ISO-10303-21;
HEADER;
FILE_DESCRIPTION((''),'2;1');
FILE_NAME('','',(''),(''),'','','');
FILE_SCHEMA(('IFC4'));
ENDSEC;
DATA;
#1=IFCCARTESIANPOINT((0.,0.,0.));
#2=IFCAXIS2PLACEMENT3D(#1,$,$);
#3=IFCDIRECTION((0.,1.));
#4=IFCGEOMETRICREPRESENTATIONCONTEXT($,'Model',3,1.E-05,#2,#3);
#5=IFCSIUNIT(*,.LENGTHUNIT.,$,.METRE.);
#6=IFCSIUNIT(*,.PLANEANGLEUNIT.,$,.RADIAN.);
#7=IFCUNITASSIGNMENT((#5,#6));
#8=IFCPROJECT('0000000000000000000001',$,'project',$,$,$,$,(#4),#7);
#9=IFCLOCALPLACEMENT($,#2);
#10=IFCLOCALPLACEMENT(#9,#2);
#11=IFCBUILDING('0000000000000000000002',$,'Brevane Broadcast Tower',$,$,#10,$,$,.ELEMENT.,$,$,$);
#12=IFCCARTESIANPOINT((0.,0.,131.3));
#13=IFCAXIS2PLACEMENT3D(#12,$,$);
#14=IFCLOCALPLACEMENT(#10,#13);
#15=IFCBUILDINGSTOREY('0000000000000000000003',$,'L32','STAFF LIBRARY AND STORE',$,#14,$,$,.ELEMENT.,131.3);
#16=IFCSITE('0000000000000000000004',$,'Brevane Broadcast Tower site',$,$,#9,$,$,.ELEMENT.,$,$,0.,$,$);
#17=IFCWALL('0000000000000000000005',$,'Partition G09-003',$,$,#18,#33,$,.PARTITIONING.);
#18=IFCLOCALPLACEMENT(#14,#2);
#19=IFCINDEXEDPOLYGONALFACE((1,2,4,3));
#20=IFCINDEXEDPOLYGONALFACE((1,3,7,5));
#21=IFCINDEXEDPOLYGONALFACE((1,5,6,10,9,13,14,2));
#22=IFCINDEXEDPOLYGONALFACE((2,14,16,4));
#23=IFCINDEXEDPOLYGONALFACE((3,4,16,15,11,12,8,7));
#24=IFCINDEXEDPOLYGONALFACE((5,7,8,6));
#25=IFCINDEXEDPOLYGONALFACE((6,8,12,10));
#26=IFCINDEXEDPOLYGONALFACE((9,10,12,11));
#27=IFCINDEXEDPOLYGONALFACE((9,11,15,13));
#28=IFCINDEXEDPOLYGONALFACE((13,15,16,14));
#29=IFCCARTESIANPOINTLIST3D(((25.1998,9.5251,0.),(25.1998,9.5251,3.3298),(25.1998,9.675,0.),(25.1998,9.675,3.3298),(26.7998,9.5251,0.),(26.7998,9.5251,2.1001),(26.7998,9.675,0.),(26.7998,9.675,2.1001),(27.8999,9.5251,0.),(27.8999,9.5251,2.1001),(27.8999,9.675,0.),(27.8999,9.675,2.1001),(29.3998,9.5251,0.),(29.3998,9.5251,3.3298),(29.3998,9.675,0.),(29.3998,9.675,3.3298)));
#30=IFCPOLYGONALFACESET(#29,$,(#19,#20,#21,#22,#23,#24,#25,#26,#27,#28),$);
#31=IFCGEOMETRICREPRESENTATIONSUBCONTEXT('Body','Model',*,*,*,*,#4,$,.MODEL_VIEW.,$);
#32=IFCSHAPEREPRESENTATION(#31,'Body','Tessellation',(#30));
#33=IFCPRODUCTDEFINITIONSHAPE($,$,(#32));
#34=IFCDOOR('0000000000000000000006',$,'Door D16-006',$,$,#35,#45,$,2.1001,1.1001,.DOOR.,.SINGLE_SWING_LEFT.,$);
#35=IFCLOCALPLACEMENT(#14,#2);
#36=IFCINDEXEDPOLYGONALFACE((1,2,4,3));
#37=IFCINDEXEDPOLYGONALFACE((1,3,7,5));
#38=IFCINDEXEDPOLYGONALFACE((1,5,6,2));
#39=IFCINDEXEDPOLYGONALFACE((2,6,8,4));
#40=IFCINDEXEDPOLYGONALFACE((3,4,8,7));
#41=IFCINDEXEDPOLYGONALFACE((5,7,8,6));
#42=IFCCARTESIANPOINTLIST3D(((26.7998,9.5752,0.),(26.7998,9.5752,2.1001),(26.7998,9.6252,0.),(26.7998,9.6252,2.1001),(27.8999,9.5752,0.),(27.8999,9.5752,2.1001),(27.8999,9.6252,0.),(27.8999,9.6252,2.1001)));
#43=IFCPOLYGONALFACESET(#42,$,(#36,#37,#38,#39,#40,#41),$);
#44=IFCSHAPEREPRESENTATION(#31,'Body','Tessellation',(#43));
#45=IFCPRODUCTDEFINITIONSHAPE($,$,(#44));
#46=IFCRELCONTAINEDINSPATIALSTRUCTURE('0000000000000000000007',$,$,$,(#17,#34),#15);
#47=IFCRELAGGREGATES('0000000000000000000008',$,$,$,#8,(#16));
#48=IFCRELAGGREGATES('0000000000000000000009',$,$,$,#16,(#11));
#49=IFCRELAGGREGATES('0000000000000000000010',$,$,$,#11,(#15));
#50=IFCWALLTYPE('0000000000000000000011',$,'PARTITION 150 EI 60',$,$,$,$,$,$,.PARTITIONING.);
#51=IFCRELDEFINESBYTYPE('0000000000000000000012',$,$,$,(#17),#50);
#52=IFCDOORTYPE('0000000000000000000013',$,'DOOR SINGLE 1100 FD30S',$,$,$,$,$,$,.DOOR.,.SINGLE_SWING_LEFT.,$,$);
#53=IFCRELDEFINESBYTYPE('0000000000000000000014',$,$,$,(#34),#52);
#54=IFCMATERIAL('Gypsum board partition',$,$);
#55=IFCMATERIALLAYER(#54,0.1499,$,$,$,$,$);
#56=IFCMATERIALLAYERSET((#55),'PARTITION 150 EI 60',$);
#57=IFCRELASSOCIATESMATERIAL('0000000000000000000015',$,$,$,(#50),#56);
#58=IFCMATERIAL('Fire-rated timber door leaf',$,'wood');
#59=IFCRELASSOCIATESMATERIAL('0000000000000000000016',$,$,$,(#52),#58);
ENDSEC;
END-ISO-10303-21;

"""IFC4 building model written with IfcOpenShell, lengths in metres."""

from ifc_helpers import new_model, si_unit, direction, frame, frame_2d, origin, place, context, subcontext, project, spatial, rectangle, extrude, material, layer, layer_set, type_object, element, fill, save


model = new_model("IFC4")

# Units and contexts
model_context = context("Model", 3, precision=1e-05, world=origin(), true_north=direction((0.0, 1.0)))
body_context = subcontext(model_context, "Body", "Model", "MODEL_VIEW")
ifc_project = project(units=[si_unit("LENGTHUNIT", "METRE"), si_unit("PLANEANGLEUNIT", "RADIAN")], contexts=[model_context])

# Site, building, storey
site_placement = place(None, origin())
site = spatial("IfcSite", under=ifc_project, at=site_placement, Name="Brevane Broadcast Tower site", CompositionType="ELEMENT", RefElevation=0.0)
building_placement = place(site_placement, origin())
building = spatial("IfcBuilding", under=site, at=building_placement, Name="Brevane Broadcast Tower", CompositionType="ELEMENT")
storey_placement = place(building_placement, frame((0.0, 0.0, 131.3)))
storey = spatial("IfcBuildingStorey", under=building, at=storey_placement, Name="L32", Description="STAFF LIBRARY AND STORE", CompositionType="ELEMENT", Elevation=131.3)

# Shared definitions
ifc_material_1 = material(Name="Gypsum board partition")

# Wall, opening, door
ifc_layer_1 = layer(ifc_material_1, 0.1499)
ifc_layer_set_1 = layer_set([ifc_layer_1], Name="PARTITION 150 EI 60")
wall_type_1 = type_object("IfcWallType", Name="PARTITION 150 EI 60", PredefinedType="PARTITIONING", material=ifc_layer_set_1)
wall_1_placement = place(storey_placement, frame((29.3999, 9.6001, 0.0), z_axis=(0.0, 0.0, 1.0), x_axis=(-1.0, 0.0, 0.0)))
wall_1 = element("IfcWall", 1, at=wall_1_placement, inside=storey, type_object=wall_type_1, Name="Partition G09-003", PredefinedType="PARTITIONING", context=body_context, shape_type="SweptSolid", body=[
    extrude(rectangle(XDim=4.2, YDim=0.1499, at=frame_2d((2.1001, 0.0))), origin(), (0.0, 0.0, 1.0), 3.3298),
])
opening_placement = place(wall_1_placement, frame((1.5, 0.0, 0.0)))
opening = element("IfcOpeningElement", 2, at=opening_placement, cuts=wall_1, PredefinedType="OPENING", context=body_context, shape_type="SweptSolid", body=[
    extrude(rectangle(XDim=1.1001, YDim=2.1001, at=frame_2d((0.55, 1.05))), frame((0.0, 0.085, 0.0), z_axis=(0.0, -1.0, 0.0), x_axis=(1.0, 0.0, 0.0)), (0.0, 0.0, 1.0), 0.1699),
])
ifc_material_2 = material(Name="Fire-rated timber door leaf", Category="wood")
door_type = type_object("IfcDoorType", Name="DOOR SINGLE 1100 FD30S", OperationType="SINGLE_SWING_LEFT", PredefinedType="DOOR", material=ifc_material_2)
door_placement = place(opening_placement, origin())
door = element("IfcDoor", 3, at=door_placement, inside=storey, type_object=door_type, Name="Door D16-006", OperationType="SINGLE_SWING_LEFT", OverallHeight=2.1001, OverallWidth=1.1001, PredefinedType="DOOR", context=body_context, shape_type="SweptSolid", body=[
    extrude(rectangle(XDim=1.1001, YDim=2.1001, at=frame_2d((0.55, 1.05))), frame((0.0, 0.0249, 0.0), z_axis=(0.0, -1.0, 0.0), x_axis=(1.0, 0.0, 0.0)), (0.0, 0.0, 1.0), 0.05),
])
fill(opening, door)

save(model, "model.ifc")
